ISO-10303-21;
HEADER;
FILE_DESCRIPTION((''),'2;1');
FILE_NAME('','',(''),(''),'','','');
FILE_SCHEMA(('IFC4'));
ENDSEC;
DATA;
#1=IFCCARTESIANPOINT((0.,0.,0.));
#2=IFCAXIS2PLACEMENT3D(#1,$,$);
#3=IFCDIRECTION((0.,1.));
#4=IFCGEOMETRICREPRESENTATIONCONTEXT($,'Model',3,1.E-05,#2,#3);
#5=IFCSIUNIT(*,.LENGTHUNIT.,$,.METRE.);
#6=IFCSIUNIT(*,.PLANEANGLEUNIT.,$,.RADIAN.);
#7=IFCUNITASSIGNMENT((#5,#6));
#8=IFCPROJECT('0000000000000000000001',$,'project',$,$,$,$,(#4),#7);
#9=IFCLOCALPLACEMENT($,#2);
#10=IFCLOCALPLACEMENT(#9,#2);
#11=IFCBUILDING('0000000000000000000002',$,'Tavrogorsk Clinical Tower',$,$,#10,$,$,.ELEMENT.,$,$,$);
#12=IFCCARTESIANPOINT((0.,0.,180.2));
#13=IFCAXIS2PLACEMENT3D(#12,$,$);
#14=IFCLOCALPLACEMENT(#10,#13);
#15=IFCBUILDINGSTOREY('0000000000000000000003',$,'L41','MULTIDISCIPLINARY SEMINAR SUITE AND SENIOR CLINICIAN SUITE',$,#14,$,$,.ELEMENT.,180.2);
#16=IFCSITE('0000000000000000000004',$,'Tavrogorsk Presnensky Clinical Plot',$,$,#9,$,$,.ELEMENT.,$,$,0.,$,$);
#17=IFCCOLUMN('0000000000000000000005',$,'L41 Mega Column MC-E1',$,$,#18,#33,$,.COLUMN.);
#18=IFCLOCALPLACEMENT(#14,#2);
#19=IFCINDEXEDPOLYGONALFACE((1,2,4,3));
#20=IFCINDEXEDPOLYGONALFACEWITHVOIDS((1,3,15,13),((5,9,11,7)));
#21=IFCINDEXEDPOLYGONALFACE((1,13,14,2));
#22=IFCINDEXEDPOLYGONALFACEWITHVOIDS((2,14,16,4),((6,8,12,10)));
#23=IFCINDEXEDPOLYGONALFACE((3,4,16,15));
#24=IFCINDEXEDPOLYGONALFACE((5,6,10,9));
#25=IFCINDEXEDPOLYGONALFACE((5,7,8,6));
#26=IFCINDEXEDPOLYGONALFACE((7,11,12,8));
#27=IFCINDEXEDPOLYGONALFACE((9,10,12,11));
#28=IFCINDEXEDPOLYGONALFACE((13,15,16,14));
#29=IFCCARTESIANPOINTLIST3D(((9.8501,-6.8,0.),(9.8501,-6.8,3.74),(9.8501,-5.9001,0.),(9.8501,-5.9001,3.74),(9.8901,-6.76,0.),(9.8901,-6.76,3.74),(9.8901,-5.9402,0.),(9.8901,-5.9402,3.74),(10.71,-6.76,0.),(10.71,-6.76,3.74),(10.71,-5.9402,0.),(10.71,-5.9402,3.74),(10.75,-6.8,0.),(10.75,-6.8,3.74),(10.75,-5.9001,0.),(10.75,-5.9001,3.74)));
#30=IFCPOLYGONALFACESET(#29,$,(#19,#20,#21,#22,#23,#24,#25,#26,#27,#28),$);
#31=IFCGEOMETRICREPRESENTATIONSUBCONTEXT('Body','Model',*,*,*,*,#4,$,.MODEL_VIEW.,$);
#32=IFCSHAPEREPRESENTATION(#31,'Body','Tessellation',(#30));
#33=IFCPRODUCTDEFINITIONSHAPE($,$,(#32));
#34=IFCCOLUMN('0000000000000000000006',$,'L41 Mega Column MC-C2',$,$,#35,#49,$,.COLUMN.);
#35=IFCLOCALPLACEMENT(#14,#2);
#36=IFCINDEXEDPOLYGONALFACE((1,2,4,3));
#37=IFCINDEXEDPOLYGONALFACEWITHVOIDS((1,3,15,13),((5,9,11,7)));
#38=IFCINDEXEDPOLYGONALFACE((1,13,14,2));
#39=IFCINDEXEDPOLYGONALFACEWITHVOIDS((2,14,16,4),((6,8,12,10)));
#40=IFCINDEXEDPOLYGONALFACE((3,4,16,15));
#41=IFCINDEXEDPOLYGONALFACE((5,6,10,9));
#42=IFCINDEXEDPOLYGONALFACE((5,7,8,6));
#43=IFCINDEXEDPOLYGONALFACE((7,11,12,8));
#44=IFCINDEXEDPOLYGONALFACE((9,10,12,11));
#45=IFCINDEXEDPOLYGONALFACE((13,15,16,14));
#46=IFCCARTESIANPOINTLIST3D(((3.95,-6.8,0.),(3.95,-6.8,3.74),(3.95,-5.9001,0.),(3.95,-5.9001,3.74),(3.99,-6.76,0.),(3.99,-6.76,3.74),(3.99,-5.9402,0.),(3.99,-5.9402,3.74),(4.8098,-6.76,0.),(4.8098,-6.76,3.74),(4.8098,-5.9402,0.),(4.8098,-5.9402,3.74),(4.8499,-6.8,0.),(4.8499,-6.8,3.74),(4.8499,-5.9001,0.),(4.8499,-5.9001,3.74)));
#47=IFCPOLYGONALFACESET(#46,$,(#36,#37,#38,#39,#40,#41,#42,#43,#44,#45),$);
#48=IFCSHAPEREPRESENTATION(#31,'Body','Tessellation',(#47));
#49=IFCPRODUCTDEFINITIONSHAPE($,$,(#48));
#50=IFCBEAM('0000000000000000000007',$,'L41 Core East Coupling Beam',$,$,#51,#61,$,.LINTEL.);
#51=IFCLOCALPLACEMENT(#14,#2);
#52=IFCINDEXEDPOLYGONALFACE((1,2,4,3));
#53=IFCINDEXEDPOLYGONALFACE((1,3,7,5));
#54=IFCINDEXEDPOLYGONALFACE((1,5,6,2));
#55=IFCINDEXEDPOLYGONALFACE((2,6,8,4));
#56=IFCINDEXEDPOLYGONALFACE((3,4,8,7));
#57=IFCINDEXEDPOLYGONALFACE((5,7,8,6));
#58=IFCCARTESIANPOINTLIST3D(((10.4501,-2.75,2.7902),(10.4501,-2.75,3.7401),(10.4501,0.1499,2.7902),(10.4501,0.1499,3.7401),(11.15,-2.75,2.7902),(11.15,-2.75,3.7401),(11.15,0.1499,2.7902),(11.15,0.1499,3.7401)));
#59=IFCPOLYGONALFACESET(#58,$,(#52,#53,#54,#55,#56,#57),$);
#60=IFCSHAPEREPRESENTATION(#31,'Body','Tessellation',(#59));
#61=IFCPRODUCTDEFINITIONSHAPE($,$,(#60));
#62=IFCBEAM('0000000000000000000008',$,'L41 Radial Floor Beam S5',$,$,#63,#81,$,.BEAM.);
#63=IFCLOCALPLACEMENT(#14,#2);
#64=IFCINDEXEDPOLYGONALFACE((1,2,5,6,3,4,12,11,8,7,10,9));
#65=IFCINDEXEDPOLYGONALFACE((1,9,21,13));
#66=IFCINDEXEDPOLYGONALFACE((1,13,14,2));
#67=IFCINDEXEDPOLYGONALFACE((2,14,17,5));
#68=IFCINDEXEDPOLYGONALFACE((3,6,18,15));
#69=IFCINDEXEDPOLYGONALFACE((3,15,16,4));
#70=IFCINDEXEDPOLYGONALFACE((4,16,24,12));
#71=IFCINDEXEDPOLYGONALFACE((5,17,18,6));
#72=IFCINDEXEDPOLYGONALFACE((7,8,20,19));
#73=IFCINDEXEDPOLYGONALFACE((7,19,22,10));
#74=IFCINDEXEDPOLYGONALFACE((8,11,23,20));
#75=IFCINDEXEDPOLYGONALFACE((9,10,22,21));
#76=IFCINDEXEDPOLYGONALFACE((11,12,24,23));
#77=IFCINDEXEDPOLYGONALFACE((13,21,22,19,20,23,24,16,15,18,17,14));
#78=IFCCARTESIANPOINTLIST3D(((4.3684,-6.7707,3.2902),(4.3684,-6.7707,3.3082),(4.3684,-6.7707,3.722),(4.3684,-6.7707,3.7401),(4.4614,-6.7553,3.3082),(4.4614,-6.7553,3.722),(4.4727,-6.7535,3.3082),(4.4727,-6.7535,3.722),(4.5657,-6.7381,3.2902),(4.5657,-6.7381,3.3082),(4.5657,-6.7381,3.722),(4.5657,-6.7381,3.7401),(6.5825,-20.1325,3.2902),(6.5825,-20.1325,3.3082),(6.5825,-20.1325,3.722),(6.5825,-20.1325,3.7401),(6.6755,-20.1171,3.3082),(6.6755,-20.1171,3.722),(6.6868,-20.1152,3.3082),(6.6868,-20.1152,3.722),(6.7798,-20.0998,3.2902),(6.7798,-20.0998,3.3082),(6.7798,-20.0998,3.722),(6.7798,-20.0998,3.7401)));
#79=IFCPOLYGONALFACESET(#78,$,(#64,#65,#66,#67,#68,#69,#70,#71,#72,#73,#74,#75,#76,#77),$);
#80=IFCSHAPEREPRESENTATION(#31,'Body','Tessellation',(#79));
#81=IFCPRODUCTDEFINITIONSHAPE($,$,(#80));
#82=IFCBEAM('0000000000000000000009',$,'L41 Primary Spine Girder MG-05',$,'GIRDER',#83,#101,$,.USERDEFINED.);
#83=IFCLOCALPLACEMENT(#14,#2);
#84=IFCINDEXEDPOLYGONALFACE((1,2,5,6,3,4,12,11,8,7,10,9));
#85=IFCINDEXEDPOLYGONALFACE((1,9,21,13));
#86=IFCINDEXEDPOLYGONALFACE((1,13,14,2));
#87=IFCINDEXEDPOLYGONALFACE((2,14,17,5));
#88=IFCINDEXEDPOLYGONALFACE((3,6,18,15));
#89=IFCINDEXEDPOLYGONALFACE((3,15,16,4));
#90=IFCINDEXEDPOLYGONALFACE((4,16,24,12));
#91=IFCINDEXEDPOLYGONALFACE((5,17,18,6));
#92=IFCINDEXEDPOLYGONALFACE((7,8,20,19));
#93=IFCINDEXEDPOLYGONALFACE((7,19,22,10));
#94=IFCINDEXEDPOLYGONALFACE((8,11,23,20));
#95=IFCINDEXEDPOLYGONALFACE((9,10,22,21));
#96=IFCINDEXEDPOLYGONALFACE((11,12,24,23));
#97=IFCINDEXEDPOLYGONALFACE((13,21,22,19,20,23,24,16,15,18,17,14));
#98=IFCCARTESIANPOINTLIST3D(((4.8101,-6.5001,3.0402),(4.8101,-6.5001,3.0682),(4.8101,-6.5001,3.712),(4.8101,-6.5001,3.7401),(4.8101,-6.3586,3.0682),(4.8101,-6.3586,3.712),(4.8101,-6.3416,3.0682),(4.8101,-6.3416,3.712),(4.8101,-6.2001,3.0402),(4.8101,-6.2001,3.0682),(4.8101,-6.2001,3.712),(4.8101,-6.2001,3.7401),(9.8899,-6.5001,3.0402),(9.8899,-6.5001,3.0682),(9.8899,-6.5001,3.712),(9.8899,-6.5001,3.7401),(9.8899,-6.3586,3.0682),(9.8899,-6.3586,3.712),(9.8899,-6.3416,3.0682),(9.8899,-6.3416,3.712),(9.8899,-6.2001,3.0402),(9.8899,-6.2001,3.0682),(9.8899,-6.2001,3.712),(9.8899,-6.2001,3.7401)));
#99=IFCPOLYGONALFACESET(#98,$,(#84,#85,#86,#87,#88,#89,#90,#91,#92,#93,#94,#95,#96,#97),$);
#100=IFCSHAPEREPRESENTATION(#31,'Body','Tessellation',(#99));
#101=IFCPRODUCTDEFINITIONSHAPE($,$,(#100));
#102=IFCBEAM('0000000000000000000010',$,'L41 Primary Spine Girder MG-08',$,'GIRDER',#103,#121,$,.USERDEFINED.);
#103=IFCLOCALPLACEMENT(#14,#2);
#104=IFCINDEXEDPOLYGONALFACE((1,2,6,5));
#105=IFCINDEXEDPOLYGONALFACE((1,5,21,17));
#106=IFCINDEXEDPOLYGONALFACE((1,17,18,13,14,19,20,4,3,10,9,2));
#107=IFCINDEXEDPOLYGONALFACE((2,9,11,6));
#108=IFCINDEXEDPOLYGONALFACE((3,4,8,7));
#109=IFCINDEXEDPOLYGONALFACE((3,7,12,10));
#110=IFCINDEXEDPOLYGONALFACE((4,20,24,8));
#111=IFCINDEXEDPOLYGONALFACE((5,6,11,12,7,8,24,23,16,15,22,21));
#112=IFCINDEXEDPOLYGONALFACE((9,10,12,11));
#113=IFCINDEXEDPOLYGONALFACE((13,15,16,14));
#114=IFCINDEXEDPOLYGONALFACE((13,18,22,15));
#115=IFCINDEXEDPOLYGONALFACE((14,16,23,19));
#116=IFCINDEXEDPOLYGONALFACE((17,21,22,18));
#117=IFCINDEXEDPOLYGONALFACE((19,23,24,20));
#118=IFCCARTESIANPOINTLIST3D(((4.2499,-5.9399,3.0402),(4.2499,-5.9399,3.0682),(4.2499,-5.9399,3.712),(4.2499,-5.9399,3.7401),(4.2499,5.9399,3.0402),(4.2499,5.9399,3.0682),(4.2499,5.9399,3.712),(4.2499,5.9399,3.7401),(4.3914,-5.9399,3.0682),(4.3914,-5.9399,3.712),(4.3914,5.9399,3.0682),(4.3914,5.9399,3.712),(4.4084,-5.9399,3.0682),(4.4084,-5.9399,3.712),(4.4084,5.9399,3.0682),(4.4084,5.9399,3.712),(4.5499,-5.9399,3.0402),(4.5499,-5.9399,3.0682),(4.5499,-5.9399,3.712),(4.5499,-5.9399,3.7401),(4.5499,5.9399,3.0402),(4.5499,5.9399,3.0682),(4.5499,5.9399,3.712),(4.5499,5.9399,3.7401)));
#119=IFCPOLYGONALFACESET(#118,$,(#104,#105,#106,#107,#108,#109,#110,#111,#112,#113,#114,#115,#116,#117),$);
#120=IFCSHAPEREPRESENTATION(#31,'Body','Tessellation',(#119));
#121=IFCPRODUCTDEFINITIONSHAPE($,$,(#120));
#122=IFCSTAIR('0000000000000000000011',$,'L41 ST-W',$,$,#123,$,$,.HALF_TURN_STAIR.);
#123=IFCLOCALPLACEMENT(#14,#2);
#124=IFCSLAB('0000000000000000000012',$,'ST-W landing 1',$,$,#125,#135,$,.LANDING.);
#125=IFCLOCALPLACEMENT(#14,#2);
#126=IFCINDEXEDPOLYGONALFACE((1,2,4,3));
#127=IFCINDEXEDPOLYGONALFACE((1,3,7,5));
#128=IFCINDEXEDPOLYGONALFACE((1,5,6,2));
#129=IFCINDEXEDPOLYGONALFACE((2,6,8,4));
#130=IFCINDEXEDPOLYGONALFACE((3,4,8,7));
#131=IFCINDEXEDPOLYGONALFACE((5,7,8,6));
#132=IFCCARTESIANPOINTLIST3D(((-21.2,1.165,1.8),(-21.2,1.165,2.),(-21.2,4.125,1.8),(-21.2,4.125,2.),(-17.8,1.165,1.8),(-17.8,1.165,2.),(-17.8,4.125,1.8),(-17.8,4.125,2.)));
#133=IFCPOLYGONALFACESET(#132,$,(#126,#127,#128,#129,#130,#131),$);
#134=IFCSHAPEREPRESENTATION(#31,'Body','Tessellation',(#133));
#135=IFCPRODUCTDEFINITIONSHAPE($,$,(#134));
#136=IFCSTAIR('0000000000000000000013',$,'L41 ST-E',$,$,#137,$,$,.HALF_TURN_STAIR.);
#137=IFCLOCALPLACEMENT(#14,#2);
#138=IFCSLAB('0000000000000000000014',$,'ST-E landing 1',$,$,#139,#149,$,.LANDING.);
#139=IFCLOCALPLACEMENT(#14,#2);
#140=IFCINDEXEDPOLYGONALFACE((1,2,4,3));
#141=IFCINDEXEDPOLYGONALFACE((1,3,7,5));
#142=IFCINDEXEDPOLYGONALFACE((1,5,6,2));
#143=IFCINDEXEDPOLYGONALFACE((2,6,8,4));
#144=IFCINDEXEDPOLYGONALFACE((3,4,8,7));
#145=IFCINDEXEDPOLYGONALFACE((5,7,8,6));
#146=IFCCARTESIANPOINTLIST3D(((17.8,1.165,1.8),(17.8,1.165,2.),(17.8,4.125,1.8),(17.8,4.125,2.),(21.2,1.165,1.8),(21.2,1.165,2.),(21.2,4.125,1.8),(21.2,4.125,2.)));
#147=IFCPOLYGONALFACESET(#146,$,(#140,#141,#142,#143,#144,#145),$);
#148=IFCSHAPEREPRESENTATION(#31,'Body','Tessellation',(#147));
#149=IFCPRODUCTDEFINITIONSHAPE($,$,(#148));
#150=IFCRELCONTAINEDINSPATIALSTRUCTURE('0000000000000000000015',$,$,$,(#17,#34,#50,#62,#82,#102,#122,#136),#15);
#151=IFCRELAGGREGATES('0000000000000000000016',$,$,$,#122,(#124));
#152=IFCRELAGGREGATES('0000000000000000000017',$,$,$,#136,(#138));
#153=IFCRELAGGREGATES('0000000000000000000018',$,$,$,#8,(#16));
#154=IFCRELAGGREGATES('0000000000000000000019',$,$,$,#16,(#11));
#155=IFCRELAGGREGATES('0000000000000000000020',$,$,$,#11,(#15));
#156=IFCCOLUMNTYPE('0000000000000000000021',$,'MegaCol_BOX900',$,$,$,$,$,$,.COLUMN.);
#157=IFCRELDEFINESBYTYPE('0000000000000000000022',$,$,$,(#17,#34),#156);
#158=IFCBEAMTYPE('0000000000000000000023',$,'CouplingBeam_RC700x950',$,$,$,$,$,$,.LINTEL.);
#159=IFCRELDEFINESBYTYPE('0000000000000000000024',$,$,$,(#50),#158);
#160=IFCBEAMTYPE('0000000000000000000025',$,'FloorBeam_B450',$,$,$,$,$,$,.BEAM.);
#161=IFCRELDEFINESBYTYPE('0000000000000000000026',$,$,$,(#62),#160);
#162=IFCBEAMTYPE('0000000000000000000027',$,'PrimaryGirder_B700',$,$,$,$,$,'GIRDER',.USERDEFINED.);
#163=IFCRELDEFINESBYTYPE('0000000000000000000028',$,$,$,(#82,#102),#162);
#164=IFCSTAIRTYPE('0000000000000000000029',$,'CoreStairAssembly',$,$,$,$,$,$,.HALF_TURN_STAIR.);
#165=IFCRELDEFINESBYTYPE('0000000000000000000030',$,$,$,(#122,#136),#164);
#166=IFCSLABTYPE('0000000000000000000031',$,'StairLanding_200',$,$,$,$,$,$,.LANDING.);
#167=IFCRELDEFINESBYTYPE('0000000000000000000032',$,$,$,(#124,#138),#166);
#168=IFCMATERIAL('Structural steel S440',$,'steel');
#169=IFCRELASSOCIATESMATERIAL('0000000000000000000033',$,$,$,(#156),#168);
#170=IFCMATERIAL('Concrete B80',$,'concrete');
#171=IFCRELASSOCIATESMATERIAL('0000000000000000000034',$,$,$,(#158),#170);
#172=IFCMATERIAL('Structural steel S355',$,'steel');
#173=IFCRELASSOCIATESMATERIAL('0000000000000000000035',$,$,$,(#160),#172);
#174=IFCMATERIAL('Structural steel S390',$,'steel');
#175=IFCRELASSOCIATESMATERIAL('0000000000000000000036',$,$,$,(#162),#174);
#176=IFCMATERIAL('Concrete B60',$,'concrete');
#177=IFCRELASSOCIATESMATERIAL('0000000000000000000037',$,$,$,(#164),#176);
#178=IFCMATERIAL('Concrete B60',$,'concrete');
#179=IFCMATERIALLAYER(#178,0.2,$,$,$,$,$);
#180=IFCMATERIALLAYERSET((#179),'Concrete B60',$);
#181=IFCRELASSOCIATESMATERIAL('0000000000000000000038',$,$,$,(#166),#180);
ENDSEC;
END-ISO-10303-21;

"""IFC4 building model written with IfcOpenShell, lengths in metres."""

from ifc_helpers import new_model, si_unit, direction, frame, origin, origin_2d, place, context, subcontext, project, spatial, polyline, rectangle, hollow_rectangle, i_section, outline, extrude, material, layer, layer_set, material_profile, profile_set, type_object, element, aggregate, save


model = new_model("IFC4")

# Units and contexts
model_context = context("Model", 3, precision=1e-05, world=origin(), true_north=direction((0.0, 1.0)))
body_context = subcontext(model_context, "Body", "Model", "MODEL_VIEW")
ifc_project = project(units=[si_unit("LENGTHUNIT", "METRE"), si_unit("PLANEANGLEUNIT", "RADIAN")], contexts=[model_context])

# Site, building, storey
site_placement = place(None, origin())
site = spatial("IfcSite", under=ifc_project, at=site_placement, Name="Tavrogorsk Presnensky Clinical Plot", CompositionType="ELEMENT", RefElevation=0.0)
building_placement = place(site_placement, origin())
building = spatial("IfcBuilding", under=site, at=building_placement, Name="Tavrogorsk Clinical Tower", CompositionType="ELEMENT")
storey_placement = place(building_placement, frame((0.0, 0.0, 180.2)))
storey = spatial("IfcBuildingStorey", under=building, at=storey_placement, Name="L41", Description="MULTIDISCIPLINARY SEMINAR SUITE AND SENIOR CLINICIAN SUITE", CompositionType="ELEMENT", Elevation=180.2)

# Columns
ifc_material_1 = material(Name="Structural steel S440", Category="steel")
ifc_material_profile_1 = material_profile(ifc_material_1, hollow_rectangle(XDim=0.8999, YDim=0.8999, WallThickness=0.04, at=origin_2d()), Name="BOX-900x900x40")
ifc_profile_set_1 = profile_set([ifc_material_profile_1], Name="Structural steel S440")
column_type = type_object("IfcColumnType", Name="MegaCol_BOX900", PredefinedType="COLUMN", material=ifc_profile_set_1)
for number, where, z_axis, x_axis, name in (
    (1, (10.3, -6.3501, 0.0), (0.0, 0.0, 1.0), (1.0, 0.0, 0.0), "L41 Mega Column MC-E1"),
    (2, (4.3999, -6.3501, 0.0), (0.0, 0.0, 1.0), (1.0, 0.0, 0.0), "L41 Mega Column MC-C2"),
):
    element("IfcColumn", number, at=place(storey_placement, frame(where, z_axis=z_axis, x_axis=x_axis)), inside=storey, type_object=column_type, Name=name, PredefinedType="COLUMN", context=body_context, shape_type="SweptSolid", body=[
        extrude(hollow_rectangle(XDim=0.8999, YDim=0.8999, WallThickness=0.04, at=origin_2d()), origin(), (0.0, 0.0, 1.0), 3.74),
    ])

# Beams
ifc_material_2 = material(Name="Concrete B80", Category="concrete")
ifc_material_profile_2 = material_profile(ifc_material_2, rectangle(XDim=0.7, YDim=0.95, at=origin_2d()), Name="RC-CB-700x950")
ifc_profile_set_2 = profile_set([ifc_material_profile_2], Name="Concrete B80")
beam_type_1 = type_object("IfcBeamType", Name="CouplingBeam_RC700x950", PredefinedType="LINTEL", material=ifc_profile_set_2)
beam_1_placement = place(storey_placement, frame((10.8, -2.75, 3.2651), z_axis=(0.0, 1.0, 0.0), x_axis=(-1.0, 0.0, 0.0)))
element("IfcBeam", 3, at=beam_1_placement, inside=storey, type_object=beam_type_1, Name="L41 Core East Coupling Beam", PredefinedType="LINTEL", context=body_context, shape_type="SweptSolid", body=[
    extrude(rectangle(XDim=0.7, YDim=0.95, at=origin_2d()), origin(), (0.0, 0.0, 1.0), 2.8999),
])
ifc_material_3 = material(Name="Structural steel S355", Category="steel")
ifc_material_profile_3 = material_profile(ifc_material_3, i_section(OverallWidth=0.2, OverallDepth=0.45, WebThickness=0.0115, FlangeThickness=0.0181, at=origin_2d()), Name="B-450x200x11.5x18")
ifc_profile_set_3 = profile_set([ifc_material_profile_3], Name="Structural steel S355")
beam_type_2 = type_object("IfcBeamType", Name="FloorBeam_B450", PredefinedType="BEAM", material=ifc_profile_set_3)
beam_2_placement = place(storey_placement, frame((4.467, -6.7544, 3.5151), z_axis=(0.163475, -0.986547, 0.0), x_axis=(0.986547, 0.163475, 0.0)))
element("IfcBeam", 4, at=beam_2_placement, inside=storey, type_object=beam_type_2, Name="L41 Radial Floor Beam S5", PredefinedType="BEAM", context=body_context, shape_type="SweptSolid", body=[
    extrude(i_section(OverallWidth=0.2, OverallDepth=0.45, WebThickness=0.0115, FlangeThickness=0.0181, at=origin_2d()), origin(), (0.0, 0.0, 1.0), 13.5439),
])
ifc_material_4 = material(Name="Structural steel S390", Category="steel")
ifc_material_profile_4 = material_profile(ifc_material_4, i_section(OverallWidth=0.3, OverallDepth=0.7, WebThickness=0.0171, FlangeThickness=0.0281, at=origin_2d()), Name="B-700x300x17x28")
ifc_profile_set_4 = profile_set([ifc_material_profile_4], Name="Structural steel S390")
beam_type_3 = type_object("IfcBeamType", Name="PrimaryGirder_B700", ElementType="GIRDER", PredefinedType="USERDEFINED", material=ifc_profile_set_4)
beam_3_placement = place(storey_placement, frame((4.8101, -6.3501, 3.3901), z_axis=(1.0, 0.0, 0.0), x_axis=(0.0, 1.0, 0.0)))
element("IfcBeam", 5, at=beam_3_placement, inside=storey, type_object=beam_type_3, Name="L41 Primary Spine Girder MG-05", ObjectType="GIRDER", PredefinedType="USERDEFINED", context=body_context, shape_type="SweptSolid", body=[
    extrude(i_section(OverallWidth=0.3, OverallDepth=0.7, WebThickness=0.0171, FlangeThickness=0.0281, at=origin_2d()), origin(), (0.0, 0.0, 1.0), 5.0798),
])
beam_4_placement = place(storey_placement, frame((4.3999, -5.9399, 3.3901), z_axis=(0.0, 1.0, 0.0), x_axis=(-1.0, 0.0, 0.0)))
element("IfcBeam", 6, at=beam_4_placement, inside=storey, type_object=beam_type_3, Name="L41 Primary Spine Girder MG-08", ObjectType="GIRDER", PredefinedType="USERDEFINED", context=body_context, shape_type="SweptSolid", body=[
    extrude(i_section(OverallWidth=0.3, OverallDepth=0.7, WebThickness=0.0171, FlangeThickness=0.0281, at=origin_2d()), origin(), (0.0, 0.0, 1.0), 11.8799),
])

# Stairs, slabs
ifc_material_5 = material(Name="Concrete B60", Category="concrete")
stair_type = type_object("IfcStairType", Name="CoreStairAssembly", PredefinedType="HALF_TURN_STAIR", material=ifc_material_5)
stair_1_placement = place(storey_placement, origin())
stair_1 = element("IfcStair", 7, at=stair_1_placement, inside=storey, type_object=stair_type, Name="L41 ST-W", PredefinedType="HALF_TURN_STAIR")
ifc_material_6 = material(Name="Concrete B60", Category="concrete")
ifc_layer_1 = layer(ifc_material_6, 0.2)
ifc_layer_set_1 = layer_set([ifc_layer_1], Name="Concrete B60")
slab_type_1 = type_object("IfcSlabType", Name="StairLanding_200", PredefinedType="LANDING", material=ifc_layer_set_1)
slab_1_placement = place(storey_placement, frame((0.0, 0.0, 1.8)))
slab_1 = element("IfcSlab", 8, at=slab_1_placement, type_object=slab_type_1, Name="ST-W landing 1", PredefinedType="LANDING", context=body_context, shape_type="SweptSolid", body=[
    extrude(outline(polyline([(-17.8, 1.165), (-17.8, 4.125), (-21.2, 4.125), (-21.2, 1.165), (-17.8, 1.165)])), origin(), (0.0, 0.0, 1.0), 0.2),
])
aggregate(stair_1, [slab_1])
stair_2_placement = place(storey_placement, origin())
stair_2 = element("IfcStair", 9, at=stair_2_placement, inside=storey, type_object=stair_type, Name="L41 ST-E", PredefinedType="HALF_TURN_STAIR")
slab_2_placement = place(storey_placement, frame((0.0, 0.0, 1.8)))
slab_2 = element("IfcSlab", 10, at=slab_2_placement, type_object=slab_type_1, Name="ST-E landing 1", PredefinedType="LANDING", context=body_context, shape_type="SweptSolid", body=[
    extrude(outline(polyline([(21.2, 1.165), (21.2, 4.125), (17.8, 4.125), (17.8, 1.165), (21.2, 1.165)])), origin(), (0.0, 0.0, 1.0), 0.2),
])
aggregate(stair_2, [slab_2])

save(model, "model.ifc")
